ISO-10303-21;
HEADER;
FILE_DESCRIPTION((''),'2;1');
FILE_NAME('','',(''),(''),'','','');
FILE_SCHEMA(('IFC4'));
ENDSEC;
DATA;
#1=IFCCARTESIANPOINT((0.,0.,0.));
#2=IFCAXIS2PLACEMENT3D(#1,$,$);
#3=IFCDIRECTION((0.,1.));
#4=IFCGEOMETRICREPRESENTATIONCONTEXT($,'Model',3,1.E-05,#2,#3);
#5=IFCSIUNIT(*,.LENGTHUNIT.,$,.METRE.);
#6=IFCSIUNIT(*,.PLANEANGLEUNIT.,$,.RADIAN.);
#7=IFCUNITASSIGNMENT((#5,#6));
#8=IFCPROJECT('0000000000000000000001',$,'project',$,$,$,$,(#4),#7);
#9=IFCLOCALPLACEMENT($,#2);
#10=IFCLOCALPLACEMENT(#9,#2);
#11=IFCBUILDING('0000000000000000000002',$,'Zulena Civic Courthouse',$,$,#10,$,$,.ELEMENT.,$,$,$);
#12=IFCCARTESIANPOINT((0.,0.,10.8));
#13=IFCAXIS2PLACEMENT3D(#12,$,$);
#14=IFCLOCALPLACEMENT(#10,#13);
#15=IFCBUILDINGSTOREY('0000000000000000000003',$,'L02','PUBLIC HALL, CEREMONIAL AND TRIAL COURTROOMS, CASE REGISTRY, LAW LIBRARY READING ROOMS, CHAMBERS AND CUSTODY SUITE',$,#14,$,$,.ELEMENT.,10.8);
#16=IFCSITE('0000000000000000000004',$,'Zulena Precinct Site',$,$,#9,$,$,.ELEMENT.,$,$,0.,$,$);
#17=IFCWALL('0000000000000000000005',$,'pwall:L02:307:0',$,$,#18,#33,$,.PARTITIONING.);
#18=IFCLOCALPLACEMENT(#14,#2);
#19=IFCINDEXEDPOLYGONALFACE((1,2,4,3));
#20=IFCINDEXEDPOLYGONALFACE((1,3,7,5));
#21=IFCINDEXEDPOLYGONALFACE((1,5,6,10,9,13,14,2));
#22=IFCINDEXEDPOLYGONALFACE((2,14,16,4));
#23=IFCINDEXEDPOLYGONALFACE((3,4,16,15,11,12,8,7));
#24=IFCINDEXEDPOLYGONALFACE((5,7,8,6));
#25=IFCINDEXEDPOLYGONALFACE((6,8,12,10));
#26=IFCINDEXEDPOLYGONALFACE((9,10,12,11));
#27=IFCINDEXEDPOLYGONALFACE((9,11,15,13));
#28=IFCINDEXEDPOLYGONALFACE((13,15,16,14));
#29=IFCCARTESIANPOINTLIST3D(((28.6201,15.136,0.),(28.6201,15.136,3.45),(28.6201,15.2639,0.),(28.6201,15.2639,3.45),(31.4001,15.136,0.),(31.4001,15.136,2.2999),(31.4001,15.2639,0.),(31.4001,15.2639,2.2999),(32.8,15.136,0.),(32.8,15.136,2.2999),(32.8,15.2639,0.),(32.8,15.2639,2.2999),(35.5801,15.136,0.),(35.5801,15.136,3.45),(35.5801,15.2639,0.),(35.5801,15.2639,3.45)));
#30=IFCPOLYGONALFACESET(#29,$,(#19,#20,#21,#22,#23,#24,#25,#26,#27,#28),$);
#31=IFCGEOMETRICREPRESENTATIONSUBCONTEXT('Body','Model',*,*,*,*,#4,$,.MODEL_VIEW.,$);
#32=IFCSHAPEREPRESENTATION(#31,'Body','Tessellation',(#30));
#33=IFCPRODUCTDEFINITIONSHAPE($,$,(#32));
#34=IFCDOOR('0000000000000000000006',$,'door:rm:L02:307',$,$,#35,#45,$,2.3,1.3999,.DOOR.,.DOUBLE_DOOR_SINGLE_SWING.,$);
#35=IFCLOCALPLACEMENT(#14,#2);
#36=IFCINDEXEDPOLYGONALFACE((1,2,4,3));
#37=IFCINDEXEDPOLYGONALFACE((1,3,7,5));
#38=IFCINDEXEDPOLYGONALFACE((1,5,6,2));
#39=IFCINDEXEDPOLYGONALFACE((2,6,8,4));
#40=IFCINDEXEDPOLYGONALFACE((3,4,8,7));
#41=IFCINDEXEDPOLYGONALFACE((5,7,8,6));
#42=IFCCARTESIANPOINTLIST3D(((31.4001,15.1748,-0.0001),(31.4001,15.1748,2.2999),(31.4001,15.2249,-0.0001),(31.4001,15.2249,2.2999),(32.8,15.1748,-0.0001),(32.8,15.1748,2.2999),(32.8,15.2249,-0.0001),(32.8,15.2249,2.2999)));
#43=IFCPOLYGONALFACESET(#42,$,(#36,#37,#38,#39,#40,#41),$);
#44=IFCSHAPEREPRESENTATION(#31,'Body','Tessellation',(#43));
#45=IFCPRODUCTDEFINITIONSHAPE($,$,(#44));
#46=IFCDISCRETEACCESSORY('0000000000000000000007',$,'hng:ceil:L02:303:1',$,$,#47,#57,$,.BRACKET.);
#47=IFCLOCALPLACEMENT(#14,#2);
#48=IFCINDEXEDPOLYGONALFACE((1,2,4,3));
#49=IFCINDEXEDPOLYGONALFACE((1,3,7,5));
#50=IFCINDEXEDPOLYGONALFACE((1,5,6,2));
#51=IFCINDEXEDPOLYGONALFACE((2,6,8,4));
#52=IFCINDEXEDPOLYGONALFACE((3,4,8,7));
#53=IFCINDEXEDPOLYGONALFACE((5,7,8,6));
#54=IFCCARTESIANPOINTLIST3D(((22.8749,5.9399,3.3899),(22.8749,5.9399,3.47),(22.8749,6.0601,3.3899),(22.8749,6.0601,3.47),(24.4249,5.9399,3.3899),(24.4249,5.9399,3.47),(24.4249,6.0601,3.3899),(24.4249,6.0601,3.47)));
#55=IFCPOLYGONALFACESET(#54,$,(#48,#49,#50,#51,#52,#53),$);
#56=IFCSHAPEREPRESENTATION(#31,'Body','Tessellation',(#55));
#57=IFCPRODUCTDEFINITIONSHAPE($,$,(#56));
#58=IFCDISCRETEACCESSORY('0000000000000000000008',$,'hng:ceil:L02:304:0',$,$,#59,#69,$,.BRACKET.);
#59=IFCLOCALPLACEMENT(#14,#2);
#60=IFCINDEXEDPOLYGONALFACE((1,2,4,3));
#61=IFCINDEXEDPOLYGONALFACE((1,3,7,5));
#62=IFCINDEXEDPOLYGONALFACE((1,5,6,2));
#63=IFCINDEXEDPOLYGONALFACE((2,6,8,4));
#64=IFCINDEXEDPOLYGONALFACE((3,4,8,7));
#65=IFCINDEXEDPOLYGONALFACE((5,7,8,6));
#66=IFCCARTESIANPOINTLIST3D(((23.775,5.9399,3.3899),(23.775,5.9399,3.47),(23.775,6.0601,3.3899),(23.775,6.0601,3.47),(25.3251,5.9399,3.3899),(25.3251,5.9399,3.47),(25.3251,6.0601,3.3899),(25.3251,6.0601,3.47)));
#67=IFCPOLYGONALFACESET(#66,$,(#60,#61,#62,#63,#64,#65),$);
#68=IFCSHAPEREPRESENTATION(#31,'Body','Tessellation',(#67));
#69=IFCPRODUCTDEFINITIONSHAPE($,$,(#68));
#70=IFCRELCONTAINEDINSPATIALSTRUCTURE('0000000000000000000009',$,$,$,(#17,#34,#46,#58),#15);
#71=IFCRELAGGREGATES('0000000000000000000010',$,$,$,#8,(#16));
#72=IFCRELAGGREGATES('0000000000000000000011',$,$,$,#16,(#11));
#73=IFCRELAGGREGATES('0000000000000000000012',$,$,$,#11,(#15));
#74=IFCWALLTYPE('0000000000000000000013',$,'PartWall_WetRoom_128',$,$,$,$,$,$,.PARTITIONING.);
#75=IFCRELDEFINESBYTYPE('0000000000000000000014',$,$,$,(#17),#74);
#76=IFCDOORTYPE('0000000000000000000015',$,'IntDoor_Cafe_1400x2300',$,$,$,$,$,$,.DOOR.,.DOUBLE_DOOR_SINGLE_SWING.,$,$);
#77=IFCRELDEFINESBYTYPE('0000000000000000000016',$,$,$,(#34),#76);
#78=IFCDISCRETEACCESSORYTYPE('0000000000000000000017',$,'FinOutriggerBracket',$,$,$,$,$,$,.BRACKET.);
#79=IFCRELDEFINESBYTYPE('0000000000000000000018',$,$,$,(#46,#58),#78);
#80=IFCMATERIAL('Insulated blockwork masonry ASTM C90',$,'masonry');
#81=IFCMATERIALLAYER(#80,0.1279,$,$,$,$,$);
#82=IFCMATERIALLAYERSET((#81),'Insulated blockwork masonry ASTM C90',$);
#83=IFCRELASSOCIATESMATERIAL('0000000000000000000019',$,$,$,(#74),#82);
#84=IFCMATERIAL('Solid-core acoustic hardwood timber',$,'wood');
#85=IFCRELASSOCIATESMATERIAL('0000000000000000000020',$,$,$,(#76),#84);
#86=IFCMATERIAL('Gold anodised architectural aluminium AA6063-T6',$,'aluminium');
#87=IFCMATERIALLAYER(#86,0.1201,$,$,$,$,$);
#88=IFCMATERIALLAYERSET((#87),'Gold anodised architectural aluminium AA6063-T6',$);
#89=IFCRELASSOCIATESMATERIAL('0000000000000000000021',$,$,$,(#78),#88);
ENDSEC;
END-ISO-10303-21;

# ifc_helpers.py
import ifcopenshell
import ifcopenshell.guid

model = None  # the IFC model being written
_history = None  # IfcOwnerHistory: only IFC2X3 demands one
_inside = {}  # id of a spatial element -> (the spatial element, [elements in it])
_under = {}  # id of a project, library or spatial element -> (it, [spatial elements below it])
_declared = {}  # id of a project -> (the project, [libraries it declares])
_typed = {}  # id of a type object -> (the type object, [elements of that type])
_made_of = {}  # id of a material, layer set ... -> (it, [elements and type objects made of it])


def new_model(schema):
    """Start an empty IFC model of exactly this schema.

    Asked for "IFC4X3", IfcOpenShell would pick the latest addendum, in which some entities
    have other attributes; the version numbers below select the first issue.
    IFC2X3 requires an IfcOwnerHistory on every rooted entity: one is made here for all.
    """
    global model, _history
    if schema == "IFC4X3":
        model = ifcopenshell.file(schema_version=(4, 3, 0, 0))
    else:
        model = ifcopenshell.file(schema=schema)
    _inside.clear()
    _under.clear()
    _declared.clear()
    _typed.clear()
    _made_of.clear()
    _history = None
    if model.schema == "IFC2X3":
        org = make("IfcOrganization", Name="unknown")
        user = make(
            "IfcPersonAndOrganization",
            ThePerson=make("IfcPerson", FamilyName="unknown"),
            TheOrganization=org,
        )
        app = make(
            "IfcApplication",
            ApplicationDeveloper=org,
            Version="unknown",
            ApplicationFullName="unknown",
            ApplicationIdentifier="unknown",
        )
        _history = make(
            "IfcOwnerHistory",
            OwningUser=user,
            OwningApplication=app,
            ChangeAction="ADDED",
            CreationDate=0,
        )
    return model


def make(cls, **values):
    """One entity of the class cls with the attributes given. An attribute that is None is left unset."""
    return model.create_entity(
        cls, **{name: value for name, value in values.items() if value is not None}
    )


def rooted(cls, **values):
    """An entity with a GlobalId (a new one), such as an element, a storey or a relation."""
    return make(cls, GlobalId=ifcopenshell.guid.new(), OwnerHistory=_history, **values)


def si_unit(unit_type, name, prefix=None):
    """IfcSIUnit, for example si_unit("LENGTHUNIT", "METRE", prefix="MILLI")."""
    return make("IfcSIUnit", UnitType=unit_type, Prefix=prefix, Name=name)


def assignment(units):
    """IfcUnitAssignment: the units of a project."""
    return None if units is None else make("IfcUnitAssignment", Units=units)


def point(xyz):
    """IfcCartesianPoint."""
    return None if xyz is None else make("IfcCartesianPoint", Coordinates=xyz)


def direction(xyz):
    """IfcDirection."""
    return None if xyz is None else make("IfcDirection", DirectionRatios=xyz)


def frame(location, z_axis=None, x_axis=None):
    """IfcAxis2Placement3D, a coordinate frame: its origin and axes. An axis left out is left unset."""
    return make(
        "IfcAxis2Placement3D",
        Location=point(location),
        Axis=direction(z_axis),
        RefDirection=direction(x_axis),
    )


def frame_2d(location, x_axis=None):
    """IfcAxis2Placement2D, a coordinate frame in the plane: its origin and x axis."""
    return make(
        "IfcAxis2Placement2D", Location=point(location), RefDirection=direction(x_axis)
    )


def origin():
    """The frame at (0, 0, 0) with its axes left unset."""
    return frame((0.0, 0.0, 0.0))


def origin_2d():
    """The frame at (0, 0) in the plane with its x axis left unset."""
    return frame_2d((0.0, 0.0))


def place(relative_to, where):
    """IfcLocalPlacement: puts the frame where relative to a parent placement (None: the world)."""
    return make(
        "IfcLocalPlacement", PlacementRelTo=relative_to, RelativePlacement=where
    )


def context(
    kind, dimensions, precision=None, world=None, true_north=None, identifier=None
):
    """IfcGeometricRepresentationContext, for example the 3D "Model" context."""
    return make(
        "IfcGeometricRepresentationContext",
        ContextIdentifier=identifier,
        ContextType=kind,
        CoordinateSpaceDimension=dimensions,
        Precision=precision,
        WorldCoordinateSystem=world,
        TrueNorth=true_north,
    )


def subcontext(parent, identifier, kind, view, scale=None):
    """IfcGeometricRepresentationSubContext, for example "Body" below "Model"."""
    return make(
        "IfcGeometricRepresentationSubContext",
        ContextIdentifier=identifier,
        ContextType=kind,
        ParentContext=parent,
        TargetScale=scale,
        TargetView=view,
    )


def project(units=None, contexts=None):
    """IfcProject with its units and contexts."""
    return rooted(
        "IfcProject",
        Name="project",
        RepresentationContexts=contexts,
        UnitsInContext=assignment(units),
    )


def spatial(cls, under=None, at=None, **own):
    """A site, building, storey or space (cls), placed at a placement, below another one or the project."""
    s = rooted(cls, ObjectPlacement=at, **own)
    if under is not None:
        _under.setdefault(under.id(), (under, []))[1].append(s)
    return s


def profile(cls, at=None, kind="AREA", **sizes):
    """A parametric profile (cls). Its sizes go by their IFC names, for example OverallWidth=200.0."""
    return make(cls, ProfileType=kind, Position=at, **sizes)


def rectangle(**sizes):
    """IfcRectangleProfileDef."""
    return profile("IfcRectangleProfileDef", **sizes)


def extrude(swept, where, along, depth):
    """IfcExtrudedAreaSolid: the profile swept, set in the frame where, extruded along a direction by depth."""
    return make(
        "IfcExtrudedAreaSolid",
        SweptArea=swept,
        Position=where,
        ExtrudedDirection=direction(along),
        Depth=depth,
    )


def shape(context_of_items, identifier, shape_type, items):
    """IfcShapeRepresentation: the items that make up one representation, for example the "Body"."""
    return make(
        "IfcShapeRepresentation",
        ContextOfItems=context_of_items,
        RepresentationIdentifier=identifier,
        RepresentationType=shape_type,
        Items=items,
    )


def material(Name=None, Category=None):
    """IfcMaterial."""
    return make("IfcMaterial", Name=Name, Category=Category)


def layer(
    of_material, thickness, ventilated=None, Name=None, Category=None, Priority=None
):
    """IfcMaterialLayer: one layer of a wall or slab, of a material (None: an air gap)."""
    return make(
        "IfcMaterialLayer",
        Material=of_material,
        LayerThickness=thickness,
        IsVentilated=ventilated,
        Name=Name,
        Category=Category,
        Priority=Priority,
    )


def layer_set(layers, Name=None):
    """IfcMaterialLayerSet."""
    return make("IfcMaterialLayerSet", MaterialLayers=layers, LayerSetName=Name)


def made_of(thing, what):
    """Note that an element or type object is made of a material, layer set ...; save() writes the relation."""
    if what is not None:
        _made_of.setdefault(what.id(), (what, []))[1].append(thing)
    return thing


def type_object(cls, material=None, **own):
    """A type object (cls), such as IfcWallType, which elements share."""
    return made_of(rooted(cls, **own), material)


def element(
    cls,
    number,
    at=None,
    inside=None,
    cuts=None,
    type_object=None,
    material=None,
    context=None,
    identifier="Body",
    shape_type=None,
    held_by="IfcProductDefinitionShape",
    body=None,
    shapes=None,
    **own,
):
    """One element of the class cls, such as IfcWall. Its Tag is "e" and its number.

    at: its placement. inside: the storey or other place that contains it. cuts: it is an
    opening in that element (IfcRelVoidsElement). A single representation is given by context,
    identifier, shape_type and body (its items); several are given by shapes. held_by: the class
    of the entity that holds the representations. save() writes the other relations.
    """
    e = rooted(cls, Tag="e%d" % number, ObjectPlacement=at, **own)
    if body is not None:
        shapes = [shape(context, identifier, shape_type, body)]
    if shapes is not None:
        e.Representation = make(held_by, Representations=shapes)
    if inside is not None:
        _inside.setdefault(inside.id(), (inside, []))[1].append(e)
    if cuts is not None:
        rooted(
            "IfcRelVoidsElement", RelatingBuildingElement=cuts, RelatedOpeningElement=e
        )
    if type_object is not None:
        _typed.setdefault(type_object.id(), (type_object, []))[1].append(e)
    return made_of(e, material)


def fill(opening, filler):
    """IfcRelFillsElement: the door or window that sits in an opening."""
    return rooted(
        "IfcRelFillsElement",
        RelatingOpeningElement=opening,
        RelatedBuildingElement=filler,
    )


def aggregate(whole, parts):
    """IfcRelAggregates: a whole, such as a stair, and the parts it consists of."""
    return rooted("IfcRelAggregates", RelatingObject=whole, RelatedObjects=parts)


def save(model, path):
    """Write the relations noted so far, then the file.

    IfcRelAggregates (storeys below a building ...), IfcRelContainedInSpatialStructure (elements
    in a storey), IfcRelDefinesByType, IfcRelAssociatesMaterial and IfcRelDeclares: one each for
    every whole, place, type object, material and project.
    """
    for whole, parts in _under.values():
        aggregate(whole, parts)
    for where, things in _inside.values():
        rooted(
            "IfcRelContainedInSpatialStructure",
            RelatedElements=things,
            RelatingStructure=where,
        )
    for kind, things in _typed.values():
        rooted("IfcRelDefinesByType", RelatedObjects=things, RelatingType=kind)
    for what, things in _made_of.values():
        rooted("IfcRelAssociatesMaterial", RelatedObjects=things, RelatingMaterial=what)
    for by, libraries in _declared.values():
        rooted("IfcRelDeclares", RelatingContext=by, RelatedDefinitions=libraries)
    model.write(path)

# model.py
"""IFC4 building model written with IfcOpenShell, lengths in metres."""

from ifc_helpers import new_model, si_unit, direction, frame, frame_2d, origin, origin_2d, place, context, subcontext, project, spatial, rectangle, extrude, material, layer, layer_set, type_object, element, fill, save


model = new_model("IFC4")

# Units and contexts
model_context = context("Model", 3, precision=1e-05, world=origin(), true_north=direction((0.0, 1.0)))
body_context = subcontext(model_context, "Body", "Model", "MODEL_VIEW")
ifc_project = project(units=[si_unit("LENGTHUNIT", "METRE"), si_unit("PLANEANGLEUNIT", "RADIAN")], contexts=[model_context])

# Site, building, storey
site_placement = place(None, origin())
site = spatial("IfcSite", under=ifc_project, at=site_placement, Name="Zulena Precinct Site", CompositionType="ELEMENT", RefElevation=0.0)
building_placement = place(site_placement, origin())
building = spatial("IfcBuilding", under=site, at=building_placement, Name="Zulena Civic Courthouse", CompositionType="ELEMENT")
storey_placement = place(building_placement, frame((0.0, 0.0, 10.8)))
storey = spatial("IfcBuildingStorey", under=building, at=storey_placement, Name="L02", Description="PUBLIC HALL, CEREMONIAL AND TRIAL COURTROOMS, CASE REGISTRY, LAW LIBRARY READING ROOMS, CHAMBERS AND CUSTODY SUITE", CompositionType="ELEMENT", Elevation=10.8)

# Wall, opening, door
ifc_material_1 = material(Name="Insulated blockwork masonry ASTM C90", Category="masonry")
ifc_layer_1 = layer(ifc_material_1, 0.1279)
ifc_layer_set_1 = layer_set([ifc_layer_1], Name="Insulated blockwork masonry ASTM C90")
wall_type_1 = type_object("IfcWallType", Name="PartWall_WetRoom_128", PredefinedType="PARTITIONING", material=ifc_layer_set_1)
wall_1_placement = place(storey_placement, frame((28.6201, 15.2, 0.0), z_axis=(0.0, 0.0, 1.0), x_axis=(1.0, 0.0, 0.0)))
wall_1 = element("IfcWall", 1, at=wall_1_placement, inside=storey, type_object=wall_type_1, Name="pwall:L02:307:0", PredefinedType="PARTITIONING", context=body_context, shape_type="SweptSolid", body=[
    extrude(rectangle(XDim=6.96, YDim=0.1279, at=frame_2d((3.48, 0.0))), origin(), (0.0, 0.0, 1.0), 3.45),
])
opening_1_placement = place(wall_1_placement, frame((2.78, 0.0, 0.0)))
opening_1 = element("IfcOpeningElement", 2, at=opening_1_placement, cuts=wall_1, PredefinedType="OPENING", context=body_context, shape_type="SweptSolid", body=[
    extrude(rectangle(XDim=1.3999, YDim=2.3, at=frame_2d((0.7, 1.1499))), frame((0.0, 0.074, 0.0), z_axis=(0.0, -1.0, 0.0), x_axis=(1.0, 0.0, 0.0)), (0.0, 0.0, 1.0), 0.1479),
])
ifc_material_2 = material(Name="Solid-core acoustic hardwood timber", Category="wood")
door_type_1 = type_object("IfcDoorType", Name="IntDoor_Cafe_1400x2300", OperationType="DOUBLE_DOOR_SINGLE_SWING", PredefinedType="DOOR", material=ifc_material_2)
door_1_placement = place(opening_1_placement, origin())
door_1 = element("IfcDoor", 3, at=door_1_placement, inside=storey, type_object=door_type_1, Name="door:rm:L02:307", OperationType="DOUBLE_DOOR_SINGLE_SWING", OverallHeight=2.3, OverallWidth=1.3999, PredefinedType="DOOR", context=body_context, shape_type="SweptSolid", body=[
    extrude(rectangle(XDim=1.3999, YDim=2.3, at=frame_2d((0.7, 1.1499))), frame((0.0, 0.0249, 0.0), z_axis=(0.0, -1.0, 0.0), x_axis=(1.0, 0.0, 0.0)), (0.0, 0.0, 1.0), 0.05),
])
fill(opening_1, door_1)

# Discrete accessories
ifc_material_3 = material(Name="Gold anodised architectural aluminium AA6063-T6", Category="aluminium")
ifc_layer_2 = layer(ifc_material_3, 0.1201)
ifc_layer_set_2 = layer_set([ifc_layer_2], Name="Gold anodised architectural aluminium AA6063-T6")
discrete_accessory_type = type_object("IfcDiscreteAccessoryType", Name="FinOutriggerBracket", PredefinedType="BRACKET", material=ifc_layer_set_2)
for number, where, z_axis, x_axis, name in (
    (4, (23.6499, 6.0, 3.3899), (0.0, 0.0, 1.0), (1.0, 0.0, 0.0), "hng:ceil:L02:303:1"),
    (5, (24.55, 6.0, 3.3899), (0.0, 0.0, 1.0), (1.0, 0.0, 0.0), "hng:ceil:L02:304:0"),
):
    element("IfcDiscreteAccessory", number, at=place(storey_placement, frame(where, z_axis=z_axis, x_axis=x_axis)), inside=storey, type_object=discrete_accessory_type, Name=name, PredefinedType="BRACKET", context=body_context, shape_type="SweptSolid", body=[
        extrude(rectangle(XDim=1.55, YDim=0.1201, at=origin_2d()), origin(), (0.0, 0.0, 1.0), 0.0801),
    ])

save(model, "model.ifc")
